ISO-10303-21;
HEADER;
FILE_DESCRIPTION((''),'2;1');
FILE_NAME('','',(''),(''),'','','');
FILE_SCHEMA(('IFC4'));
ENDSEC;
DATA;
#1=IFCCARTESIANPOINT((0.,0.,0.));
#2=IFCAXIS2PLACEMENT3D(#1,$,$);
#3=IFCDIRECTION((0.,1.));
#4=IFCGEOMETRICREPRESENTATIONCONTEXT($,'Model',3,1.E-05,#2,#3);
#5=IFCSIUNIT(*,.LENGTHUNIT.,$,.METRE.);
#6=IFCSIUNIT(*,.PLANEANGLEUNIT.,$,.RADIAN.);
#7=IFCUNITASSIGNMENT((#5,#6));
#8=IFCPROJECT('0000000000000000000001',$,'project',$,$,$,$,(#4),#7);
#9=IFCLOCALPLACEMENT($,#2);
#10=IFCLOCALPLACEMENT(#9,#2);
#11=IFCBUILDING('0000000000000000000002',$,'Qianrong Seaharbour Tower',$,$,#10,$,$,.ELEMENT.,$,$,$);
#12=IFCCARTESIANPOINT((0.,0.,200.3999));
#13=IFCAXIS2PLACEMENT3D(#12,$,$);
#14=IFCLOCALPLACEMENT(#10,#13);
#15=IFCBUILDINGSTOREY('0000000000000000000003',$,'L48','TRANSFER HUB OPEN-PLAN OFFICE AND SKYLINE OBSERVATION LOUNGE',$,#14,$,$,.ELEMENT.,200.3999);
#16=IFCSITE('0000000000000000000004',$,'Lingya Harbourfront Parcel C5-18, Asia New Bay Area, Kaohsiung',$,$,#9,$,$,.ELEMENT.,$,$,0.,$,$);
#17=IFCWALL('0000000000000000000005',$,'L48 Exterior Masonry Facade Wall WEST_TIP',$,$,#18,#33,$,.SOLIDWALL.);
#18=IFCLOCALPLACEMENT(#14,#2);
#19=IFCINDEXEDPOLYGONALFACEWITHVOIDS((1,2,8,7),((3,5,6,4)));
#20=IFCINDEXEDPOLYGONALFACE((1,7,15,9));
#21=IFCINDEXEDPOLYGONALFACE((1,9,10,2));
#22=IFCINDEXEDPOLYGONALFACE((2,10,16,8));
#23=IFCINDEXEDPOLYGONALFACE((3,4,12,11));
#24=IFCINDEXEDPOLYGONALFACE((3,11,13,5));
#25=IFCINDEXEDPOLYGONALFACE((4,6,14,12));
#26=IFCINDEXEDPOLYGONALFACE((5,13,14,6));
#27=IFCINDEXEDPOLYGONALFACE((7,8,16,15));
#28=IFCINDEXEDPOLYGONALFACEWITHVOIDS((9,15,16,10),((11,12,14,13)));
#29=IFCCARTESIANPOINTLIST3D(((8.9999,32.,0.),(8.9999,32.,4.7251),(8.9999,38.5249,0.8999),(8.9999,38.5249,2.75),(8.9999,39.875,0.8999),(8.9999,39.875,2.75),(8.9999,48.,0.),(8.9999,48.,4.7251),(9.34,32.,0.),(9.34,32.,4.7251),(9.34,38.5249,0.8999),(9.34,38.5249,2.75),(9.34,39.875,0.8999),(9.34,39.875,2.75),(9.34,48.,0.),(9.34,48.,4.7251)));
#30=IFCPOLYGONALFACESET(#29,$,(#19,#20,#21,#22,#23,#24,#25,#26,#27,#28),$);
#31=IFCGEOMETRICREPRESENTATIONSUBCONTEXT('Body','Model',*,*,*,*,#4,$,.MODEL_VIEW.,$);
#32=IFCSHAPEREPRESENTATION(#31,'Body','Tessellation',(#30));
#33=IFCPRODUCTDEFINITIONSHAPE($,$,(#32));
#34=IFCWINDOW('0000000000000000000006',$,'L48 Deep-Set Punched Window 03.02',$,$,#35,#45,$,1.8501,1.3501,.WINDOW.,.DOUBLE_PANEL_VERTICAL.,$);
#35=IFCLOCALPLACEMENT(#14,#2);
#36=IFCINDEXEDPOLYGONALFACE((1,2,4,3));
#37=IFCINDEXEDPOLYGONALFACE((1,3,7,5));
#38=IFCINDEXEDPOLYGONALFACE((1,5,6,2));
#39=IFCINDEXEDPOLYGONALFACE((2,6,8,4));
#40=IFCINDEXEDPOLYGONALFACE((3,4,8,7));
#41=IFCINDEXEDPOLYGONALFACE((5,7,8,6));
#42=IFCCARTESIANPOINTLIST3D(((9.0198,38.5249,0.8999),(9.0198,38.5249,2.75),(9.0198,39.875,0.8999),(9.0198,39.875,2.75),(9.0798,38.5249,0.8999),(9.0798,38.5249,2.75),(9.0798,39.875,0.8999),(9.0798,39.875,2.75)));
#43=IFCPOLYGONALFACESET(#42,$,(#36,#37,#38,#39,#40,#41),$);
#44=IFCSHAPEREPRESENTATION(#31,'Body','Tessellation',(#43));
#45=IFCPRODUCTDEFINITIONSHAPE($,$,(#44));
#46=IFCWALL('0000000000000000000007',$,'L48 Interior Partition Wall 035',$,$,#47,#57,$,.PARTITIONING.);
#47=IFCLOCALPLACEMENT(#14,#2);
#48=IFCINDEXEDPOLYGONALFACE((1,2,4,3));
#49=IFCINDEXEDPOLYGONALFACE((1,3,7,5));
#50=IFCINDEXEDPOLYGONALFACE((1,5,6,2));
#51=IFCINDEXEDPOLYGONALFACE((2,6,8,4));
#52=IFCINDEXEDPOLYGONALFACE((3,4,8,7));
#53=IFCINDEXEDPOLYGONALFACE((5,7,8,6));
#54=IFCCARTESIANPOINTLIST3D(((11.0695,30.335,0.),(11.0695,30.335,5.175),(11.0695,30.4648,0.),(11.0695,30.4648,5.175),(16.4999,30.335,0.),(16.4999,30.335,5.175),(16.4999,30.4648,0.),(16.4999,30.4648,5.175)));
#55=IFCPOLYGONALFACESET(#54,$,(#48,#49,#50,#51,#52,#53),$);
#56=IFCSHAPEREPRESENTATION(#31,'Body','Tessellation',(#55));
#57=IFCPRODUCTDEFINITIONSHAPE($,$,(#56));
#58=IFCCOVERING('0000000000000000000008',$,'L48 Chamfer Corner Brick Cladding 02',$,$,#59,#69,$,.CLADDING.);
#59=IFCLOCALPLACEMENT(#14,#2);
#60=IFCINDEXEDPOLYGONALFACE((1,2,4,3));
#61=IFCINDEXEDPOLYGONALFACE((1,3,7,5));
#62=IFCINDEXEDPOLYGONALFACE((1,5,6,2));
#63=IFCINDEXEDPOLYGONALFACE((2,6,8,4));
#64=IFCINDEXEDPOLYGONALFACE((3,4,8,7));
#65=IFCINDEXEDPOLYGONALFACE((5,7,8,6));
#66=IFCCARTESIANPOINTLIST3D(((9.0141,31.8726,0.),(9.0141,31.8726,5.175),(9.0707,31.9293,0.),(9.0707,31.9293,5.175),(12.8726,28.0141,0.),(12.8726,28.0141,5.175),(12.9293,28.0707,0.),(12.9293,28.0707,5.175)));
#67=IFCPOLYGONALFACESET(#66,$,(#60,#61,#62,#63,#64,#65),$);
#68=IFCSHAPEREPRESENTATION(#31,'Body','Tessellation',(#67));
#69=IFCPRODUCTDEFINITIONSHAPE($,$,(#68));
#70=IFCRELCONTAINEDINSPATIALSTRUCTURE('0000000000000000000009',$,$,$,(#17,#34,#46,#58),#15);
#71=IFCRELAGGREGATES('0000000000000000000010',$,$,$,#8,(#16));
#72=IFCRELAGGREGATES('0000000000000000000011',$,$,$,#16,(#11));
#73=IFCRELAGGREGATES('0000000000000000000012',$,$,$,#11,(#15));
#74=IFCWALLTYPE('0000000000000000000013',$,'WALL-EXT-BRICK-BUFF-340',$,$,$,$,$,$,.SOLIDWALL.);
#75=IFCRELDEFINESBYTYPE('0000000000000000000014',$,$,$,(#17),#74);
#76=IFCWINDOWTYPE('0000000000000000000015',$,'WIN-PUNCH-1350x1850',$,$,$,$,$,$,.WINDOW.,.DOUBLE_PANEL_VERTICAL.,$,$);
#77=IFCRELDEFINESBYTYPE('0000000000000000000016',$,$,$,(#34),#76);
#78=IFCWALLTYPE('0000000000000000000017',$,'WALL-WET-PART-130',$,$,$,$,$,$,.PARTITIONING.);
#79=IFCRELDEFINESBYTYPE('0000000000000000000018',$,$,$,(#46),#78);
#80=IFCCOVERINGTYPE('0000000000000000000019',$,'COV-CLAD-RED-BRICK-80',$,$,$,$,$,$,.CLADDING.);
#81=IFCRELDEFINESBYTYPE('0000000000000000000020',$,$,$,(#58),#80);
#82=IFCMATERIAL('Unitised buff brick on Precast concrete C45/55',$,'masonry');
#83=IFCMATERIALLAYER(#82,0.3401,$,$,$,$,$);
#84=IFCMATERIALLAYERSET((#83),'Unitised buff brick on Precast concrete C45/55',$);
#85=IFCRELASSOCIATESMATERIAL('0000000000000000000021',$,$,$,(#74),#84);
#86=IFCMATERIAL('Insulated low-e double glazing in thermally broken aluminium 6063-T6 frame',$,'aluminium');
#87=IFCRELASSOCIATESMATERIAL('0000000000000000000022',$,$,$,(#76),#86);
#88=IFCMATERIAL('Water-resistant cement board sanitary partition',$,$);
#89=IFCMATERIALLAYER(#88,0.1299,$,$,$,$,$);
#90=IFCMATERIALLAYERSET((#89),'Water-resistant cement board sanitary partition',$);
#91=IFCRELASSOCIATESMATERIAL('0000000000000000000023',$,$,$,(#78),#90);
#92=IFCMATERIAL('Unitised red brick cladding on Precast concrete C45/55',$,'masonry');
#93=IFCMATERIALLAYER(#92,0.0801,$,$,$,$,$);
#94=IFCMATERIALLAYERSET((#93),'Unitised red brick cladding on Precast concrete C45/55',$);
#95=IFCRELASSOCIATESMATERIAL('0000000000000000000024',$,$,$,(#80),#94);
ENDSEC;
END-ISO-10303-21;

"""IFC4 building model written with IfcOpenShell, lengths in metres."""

from ifc_helpers import new_model, si_unit, direction, frame, frame_2d, origin, origin_2d, place, context, subcontext, project, spatial, rectangle, extrude, material, layer, layer_set, type_object, element, fill, save


model = new_model("IFC4")

# Units and contexts
model_context = context("Model", 3, precision=1e-05, world=origin(), true_north=direction((0.0, 1.0)))
body_context = subcontext(model_context, "Body", "Model", "MODEL_VIEW")
ifc_project = project(units=[si_unit("LENGTHUNIT", "METRE"), si_unit("PLANEANGLEUNIT", "RADIAN")], contexts=[model_context])

# Site, building, storey
site_placement = place(None, origin())
site = spatial("IfcSite", under=ifc_project, at=site_placement, Name="Lingya Harbourfront Parcel C5-18, Asia New Bay Area, Kaohsiung", CompositionType="ELEMENT", RefElevation=0.0)
building_placement = place(site_placement, origin())
building = spatial("IfcBuilding", under=site, at=building_placement, Name="Qianrong Seaharbour Tower", CompositionType="ELEMENT")
storey_placement = place(building_placement, frame((0.0, 0.0, 200.3999)))
storey = spatial("IfcBuildingStorey", under=building, at=storey_placement, Name="L48", Description="TRANSFER HUB OPEN-PLAN OFFICE AND SKYLINE OBSERVATION LOUNGE", CompositionType="ELEMENT", Elevation=200.3999)

# Shared definitions
ifc_material_1 = material(Name="Unitised buff brick on Precast concrete C45/55", Category="masonry")
ifc_layer_1 = layer(ifc_material_1, 0.3401)
ifc_layer_set_1 = layer_set([ifc_layer_1], Name="Unitised buff brick on Precast concrete C45/55")
wall_type_1 = type_object("IfcWallType", Name="WALL-EXT-BRICK-BUFF-340", PredefinedType="SOLIDWALL", material=ifc_layer_set_1)

# Wall, opening, window
wall_1_placement = place(storey_placement, frame((9.1699, 32.0, 0.0), z_axis=(0.0, 0.0, 1.0), x_axis=(0.0, 1.0, 0.0)))
wall_1 = element("IfcWall", 1, at=wall_1_placement, inside=storey, type_object=wall_type_1, Name="L48 Exterior Masonry Facade Wall WEST_TIP", PredefinedType="SOLIDWALL", context=body_context, shape_type="SweptSolid", body=[
    extrude(rectangle(XDim=16.0, YDim=0.3401, at=frame_2d((8.0, 0.0))), origin(), (0.0, 0.0, 1.0), 4.7251),
])
opening_placement = place(wall_1_placement, frame((6.5249, 0.0, 0.8999)))
opening = element("IfcOpeningElement", 2, at=opening_placement, cuts=wall_1, PredefinedType="OPENING", context=body_context, shape_type="SweptSolid", body=[
    extrude(rectangle(XDim=1.3501, YDim=1.8501, at=frame_2d((0.675, 0.925))), frame((0.0, 0.1802, 0.0), z_axis=(0.0, -1.0, 0.0), x_axis=(1.0, 0.0, 0.0)), (0.0, 0.0, 1.0), 0.3601),
])
ifc_material_2 = material(Name="Insulated low-e double glazing in thermally broken aluminium 6063-T6 frame", Category="aluminium")
window_type = type_object("IfcWindowType", Name="WIN-PUNCH-1350x1850", PartitioningType="DOUBLE_PANEL_VERTICAL", PredefinedType="WINDOW", material=ifc_material_2)
window_placement = place(opening_placement, origin())
window = element("IfcWindow", 3, at=window_placement, inside=storey, type_object=window_type, Name="L48 Deep-Set Punched Window 03.02", OverallHeight=1.8501, OverallWidth=1.3501, PartitioningType="DOUBLE_PANEL_VERTICAL", PredefinedType="WINDOW", context=body_context, shape_type="SweptSolid", body=[
    extrude(rectangle(XDim=1.3501, YDim=1.8501, at=frame_2d((0.675, 0.925))), frame((0.0, 0.1501, 0.0), z_axis=(0.0, -1.0, 0.0), x_axis=(1.0, 0.0, 0.0)), (0.0, 0.0, 1.0), 0.0601),
])
fill(opening, window)

# Wall
ifc_material_3 = material(Name="Water-resistant cement board sanitary partition")
ifc_layer_2 = layer(ifc_material_3, 0.1299)
ifc_layer_set_2 = layer_set([ifc_layer_2], Name="Water-resistant cement board sanitary partition")
wall_type_2 = type_object("IfcWallType", Name="WALL-WET-PART-130", PredefinedType="PARTITIONING", material=ifc_layer_set_2)
wall_2_placement = place(storey_placement, frame((16.5, 30.3999, 0.0), z_axis=(0.0, 0.0, 1.0), x_axis=(-1.0, 0.0, 0.0)))
element("IfcWall", 4, at=wall_2_placement, inside=storey, type_object=wall_type_2, Name="L48 Interior Partition Wall 035", PredefinedType="PARTITIONING", context=body_context, shape_type="SweptSolid", body=[
    extrude(rectangle(XDim=5.4304, YDim=0.1299, at=frame_2d((2.7153, 0.0))), origin(), (0.0, 0.0, 1.0), 5.175),
])

# Covering
ifc_material_4 = material(Name="Unitised red brick cladding on Precast concrete C45/55", Category="masonry")
ifc_layer_3 = layer(ifc_material_4, 0.0801)
ifc_layer_set_3 = layer_set([ifc_layer_3], Name="Unitised red brick cladding on Precast concrete C45/55")
covering_type = type_object("IfcCoveringType", Name="COV-CLAD-RED-BRICK-80", PredefinedType="CLADDING", material=ifc_layer_set_3)
covering_placement = place(storey_placement, frame((10.9717, 29.9717, 0.0), z_axis=(0.0, 0.0, 1.0), x_axis=(-0.707107, 0.707107, 0.0)))
element("IfcCovering", 5, at=covering_placement, inside=storey, type_object=covering_type, Name="L48 Chamfer Corner Brick Cladding 02", PredefinedType="CLADDING", context=body_context, shape_type="SweptSolid", body=[
    extrude(rectangle(XDim=5.4568, YDim=0.0801, at=origin_2d()), origin(), (0.0, 0.0, 1.0), 5.175),
])

save(model, "model.ifc")
